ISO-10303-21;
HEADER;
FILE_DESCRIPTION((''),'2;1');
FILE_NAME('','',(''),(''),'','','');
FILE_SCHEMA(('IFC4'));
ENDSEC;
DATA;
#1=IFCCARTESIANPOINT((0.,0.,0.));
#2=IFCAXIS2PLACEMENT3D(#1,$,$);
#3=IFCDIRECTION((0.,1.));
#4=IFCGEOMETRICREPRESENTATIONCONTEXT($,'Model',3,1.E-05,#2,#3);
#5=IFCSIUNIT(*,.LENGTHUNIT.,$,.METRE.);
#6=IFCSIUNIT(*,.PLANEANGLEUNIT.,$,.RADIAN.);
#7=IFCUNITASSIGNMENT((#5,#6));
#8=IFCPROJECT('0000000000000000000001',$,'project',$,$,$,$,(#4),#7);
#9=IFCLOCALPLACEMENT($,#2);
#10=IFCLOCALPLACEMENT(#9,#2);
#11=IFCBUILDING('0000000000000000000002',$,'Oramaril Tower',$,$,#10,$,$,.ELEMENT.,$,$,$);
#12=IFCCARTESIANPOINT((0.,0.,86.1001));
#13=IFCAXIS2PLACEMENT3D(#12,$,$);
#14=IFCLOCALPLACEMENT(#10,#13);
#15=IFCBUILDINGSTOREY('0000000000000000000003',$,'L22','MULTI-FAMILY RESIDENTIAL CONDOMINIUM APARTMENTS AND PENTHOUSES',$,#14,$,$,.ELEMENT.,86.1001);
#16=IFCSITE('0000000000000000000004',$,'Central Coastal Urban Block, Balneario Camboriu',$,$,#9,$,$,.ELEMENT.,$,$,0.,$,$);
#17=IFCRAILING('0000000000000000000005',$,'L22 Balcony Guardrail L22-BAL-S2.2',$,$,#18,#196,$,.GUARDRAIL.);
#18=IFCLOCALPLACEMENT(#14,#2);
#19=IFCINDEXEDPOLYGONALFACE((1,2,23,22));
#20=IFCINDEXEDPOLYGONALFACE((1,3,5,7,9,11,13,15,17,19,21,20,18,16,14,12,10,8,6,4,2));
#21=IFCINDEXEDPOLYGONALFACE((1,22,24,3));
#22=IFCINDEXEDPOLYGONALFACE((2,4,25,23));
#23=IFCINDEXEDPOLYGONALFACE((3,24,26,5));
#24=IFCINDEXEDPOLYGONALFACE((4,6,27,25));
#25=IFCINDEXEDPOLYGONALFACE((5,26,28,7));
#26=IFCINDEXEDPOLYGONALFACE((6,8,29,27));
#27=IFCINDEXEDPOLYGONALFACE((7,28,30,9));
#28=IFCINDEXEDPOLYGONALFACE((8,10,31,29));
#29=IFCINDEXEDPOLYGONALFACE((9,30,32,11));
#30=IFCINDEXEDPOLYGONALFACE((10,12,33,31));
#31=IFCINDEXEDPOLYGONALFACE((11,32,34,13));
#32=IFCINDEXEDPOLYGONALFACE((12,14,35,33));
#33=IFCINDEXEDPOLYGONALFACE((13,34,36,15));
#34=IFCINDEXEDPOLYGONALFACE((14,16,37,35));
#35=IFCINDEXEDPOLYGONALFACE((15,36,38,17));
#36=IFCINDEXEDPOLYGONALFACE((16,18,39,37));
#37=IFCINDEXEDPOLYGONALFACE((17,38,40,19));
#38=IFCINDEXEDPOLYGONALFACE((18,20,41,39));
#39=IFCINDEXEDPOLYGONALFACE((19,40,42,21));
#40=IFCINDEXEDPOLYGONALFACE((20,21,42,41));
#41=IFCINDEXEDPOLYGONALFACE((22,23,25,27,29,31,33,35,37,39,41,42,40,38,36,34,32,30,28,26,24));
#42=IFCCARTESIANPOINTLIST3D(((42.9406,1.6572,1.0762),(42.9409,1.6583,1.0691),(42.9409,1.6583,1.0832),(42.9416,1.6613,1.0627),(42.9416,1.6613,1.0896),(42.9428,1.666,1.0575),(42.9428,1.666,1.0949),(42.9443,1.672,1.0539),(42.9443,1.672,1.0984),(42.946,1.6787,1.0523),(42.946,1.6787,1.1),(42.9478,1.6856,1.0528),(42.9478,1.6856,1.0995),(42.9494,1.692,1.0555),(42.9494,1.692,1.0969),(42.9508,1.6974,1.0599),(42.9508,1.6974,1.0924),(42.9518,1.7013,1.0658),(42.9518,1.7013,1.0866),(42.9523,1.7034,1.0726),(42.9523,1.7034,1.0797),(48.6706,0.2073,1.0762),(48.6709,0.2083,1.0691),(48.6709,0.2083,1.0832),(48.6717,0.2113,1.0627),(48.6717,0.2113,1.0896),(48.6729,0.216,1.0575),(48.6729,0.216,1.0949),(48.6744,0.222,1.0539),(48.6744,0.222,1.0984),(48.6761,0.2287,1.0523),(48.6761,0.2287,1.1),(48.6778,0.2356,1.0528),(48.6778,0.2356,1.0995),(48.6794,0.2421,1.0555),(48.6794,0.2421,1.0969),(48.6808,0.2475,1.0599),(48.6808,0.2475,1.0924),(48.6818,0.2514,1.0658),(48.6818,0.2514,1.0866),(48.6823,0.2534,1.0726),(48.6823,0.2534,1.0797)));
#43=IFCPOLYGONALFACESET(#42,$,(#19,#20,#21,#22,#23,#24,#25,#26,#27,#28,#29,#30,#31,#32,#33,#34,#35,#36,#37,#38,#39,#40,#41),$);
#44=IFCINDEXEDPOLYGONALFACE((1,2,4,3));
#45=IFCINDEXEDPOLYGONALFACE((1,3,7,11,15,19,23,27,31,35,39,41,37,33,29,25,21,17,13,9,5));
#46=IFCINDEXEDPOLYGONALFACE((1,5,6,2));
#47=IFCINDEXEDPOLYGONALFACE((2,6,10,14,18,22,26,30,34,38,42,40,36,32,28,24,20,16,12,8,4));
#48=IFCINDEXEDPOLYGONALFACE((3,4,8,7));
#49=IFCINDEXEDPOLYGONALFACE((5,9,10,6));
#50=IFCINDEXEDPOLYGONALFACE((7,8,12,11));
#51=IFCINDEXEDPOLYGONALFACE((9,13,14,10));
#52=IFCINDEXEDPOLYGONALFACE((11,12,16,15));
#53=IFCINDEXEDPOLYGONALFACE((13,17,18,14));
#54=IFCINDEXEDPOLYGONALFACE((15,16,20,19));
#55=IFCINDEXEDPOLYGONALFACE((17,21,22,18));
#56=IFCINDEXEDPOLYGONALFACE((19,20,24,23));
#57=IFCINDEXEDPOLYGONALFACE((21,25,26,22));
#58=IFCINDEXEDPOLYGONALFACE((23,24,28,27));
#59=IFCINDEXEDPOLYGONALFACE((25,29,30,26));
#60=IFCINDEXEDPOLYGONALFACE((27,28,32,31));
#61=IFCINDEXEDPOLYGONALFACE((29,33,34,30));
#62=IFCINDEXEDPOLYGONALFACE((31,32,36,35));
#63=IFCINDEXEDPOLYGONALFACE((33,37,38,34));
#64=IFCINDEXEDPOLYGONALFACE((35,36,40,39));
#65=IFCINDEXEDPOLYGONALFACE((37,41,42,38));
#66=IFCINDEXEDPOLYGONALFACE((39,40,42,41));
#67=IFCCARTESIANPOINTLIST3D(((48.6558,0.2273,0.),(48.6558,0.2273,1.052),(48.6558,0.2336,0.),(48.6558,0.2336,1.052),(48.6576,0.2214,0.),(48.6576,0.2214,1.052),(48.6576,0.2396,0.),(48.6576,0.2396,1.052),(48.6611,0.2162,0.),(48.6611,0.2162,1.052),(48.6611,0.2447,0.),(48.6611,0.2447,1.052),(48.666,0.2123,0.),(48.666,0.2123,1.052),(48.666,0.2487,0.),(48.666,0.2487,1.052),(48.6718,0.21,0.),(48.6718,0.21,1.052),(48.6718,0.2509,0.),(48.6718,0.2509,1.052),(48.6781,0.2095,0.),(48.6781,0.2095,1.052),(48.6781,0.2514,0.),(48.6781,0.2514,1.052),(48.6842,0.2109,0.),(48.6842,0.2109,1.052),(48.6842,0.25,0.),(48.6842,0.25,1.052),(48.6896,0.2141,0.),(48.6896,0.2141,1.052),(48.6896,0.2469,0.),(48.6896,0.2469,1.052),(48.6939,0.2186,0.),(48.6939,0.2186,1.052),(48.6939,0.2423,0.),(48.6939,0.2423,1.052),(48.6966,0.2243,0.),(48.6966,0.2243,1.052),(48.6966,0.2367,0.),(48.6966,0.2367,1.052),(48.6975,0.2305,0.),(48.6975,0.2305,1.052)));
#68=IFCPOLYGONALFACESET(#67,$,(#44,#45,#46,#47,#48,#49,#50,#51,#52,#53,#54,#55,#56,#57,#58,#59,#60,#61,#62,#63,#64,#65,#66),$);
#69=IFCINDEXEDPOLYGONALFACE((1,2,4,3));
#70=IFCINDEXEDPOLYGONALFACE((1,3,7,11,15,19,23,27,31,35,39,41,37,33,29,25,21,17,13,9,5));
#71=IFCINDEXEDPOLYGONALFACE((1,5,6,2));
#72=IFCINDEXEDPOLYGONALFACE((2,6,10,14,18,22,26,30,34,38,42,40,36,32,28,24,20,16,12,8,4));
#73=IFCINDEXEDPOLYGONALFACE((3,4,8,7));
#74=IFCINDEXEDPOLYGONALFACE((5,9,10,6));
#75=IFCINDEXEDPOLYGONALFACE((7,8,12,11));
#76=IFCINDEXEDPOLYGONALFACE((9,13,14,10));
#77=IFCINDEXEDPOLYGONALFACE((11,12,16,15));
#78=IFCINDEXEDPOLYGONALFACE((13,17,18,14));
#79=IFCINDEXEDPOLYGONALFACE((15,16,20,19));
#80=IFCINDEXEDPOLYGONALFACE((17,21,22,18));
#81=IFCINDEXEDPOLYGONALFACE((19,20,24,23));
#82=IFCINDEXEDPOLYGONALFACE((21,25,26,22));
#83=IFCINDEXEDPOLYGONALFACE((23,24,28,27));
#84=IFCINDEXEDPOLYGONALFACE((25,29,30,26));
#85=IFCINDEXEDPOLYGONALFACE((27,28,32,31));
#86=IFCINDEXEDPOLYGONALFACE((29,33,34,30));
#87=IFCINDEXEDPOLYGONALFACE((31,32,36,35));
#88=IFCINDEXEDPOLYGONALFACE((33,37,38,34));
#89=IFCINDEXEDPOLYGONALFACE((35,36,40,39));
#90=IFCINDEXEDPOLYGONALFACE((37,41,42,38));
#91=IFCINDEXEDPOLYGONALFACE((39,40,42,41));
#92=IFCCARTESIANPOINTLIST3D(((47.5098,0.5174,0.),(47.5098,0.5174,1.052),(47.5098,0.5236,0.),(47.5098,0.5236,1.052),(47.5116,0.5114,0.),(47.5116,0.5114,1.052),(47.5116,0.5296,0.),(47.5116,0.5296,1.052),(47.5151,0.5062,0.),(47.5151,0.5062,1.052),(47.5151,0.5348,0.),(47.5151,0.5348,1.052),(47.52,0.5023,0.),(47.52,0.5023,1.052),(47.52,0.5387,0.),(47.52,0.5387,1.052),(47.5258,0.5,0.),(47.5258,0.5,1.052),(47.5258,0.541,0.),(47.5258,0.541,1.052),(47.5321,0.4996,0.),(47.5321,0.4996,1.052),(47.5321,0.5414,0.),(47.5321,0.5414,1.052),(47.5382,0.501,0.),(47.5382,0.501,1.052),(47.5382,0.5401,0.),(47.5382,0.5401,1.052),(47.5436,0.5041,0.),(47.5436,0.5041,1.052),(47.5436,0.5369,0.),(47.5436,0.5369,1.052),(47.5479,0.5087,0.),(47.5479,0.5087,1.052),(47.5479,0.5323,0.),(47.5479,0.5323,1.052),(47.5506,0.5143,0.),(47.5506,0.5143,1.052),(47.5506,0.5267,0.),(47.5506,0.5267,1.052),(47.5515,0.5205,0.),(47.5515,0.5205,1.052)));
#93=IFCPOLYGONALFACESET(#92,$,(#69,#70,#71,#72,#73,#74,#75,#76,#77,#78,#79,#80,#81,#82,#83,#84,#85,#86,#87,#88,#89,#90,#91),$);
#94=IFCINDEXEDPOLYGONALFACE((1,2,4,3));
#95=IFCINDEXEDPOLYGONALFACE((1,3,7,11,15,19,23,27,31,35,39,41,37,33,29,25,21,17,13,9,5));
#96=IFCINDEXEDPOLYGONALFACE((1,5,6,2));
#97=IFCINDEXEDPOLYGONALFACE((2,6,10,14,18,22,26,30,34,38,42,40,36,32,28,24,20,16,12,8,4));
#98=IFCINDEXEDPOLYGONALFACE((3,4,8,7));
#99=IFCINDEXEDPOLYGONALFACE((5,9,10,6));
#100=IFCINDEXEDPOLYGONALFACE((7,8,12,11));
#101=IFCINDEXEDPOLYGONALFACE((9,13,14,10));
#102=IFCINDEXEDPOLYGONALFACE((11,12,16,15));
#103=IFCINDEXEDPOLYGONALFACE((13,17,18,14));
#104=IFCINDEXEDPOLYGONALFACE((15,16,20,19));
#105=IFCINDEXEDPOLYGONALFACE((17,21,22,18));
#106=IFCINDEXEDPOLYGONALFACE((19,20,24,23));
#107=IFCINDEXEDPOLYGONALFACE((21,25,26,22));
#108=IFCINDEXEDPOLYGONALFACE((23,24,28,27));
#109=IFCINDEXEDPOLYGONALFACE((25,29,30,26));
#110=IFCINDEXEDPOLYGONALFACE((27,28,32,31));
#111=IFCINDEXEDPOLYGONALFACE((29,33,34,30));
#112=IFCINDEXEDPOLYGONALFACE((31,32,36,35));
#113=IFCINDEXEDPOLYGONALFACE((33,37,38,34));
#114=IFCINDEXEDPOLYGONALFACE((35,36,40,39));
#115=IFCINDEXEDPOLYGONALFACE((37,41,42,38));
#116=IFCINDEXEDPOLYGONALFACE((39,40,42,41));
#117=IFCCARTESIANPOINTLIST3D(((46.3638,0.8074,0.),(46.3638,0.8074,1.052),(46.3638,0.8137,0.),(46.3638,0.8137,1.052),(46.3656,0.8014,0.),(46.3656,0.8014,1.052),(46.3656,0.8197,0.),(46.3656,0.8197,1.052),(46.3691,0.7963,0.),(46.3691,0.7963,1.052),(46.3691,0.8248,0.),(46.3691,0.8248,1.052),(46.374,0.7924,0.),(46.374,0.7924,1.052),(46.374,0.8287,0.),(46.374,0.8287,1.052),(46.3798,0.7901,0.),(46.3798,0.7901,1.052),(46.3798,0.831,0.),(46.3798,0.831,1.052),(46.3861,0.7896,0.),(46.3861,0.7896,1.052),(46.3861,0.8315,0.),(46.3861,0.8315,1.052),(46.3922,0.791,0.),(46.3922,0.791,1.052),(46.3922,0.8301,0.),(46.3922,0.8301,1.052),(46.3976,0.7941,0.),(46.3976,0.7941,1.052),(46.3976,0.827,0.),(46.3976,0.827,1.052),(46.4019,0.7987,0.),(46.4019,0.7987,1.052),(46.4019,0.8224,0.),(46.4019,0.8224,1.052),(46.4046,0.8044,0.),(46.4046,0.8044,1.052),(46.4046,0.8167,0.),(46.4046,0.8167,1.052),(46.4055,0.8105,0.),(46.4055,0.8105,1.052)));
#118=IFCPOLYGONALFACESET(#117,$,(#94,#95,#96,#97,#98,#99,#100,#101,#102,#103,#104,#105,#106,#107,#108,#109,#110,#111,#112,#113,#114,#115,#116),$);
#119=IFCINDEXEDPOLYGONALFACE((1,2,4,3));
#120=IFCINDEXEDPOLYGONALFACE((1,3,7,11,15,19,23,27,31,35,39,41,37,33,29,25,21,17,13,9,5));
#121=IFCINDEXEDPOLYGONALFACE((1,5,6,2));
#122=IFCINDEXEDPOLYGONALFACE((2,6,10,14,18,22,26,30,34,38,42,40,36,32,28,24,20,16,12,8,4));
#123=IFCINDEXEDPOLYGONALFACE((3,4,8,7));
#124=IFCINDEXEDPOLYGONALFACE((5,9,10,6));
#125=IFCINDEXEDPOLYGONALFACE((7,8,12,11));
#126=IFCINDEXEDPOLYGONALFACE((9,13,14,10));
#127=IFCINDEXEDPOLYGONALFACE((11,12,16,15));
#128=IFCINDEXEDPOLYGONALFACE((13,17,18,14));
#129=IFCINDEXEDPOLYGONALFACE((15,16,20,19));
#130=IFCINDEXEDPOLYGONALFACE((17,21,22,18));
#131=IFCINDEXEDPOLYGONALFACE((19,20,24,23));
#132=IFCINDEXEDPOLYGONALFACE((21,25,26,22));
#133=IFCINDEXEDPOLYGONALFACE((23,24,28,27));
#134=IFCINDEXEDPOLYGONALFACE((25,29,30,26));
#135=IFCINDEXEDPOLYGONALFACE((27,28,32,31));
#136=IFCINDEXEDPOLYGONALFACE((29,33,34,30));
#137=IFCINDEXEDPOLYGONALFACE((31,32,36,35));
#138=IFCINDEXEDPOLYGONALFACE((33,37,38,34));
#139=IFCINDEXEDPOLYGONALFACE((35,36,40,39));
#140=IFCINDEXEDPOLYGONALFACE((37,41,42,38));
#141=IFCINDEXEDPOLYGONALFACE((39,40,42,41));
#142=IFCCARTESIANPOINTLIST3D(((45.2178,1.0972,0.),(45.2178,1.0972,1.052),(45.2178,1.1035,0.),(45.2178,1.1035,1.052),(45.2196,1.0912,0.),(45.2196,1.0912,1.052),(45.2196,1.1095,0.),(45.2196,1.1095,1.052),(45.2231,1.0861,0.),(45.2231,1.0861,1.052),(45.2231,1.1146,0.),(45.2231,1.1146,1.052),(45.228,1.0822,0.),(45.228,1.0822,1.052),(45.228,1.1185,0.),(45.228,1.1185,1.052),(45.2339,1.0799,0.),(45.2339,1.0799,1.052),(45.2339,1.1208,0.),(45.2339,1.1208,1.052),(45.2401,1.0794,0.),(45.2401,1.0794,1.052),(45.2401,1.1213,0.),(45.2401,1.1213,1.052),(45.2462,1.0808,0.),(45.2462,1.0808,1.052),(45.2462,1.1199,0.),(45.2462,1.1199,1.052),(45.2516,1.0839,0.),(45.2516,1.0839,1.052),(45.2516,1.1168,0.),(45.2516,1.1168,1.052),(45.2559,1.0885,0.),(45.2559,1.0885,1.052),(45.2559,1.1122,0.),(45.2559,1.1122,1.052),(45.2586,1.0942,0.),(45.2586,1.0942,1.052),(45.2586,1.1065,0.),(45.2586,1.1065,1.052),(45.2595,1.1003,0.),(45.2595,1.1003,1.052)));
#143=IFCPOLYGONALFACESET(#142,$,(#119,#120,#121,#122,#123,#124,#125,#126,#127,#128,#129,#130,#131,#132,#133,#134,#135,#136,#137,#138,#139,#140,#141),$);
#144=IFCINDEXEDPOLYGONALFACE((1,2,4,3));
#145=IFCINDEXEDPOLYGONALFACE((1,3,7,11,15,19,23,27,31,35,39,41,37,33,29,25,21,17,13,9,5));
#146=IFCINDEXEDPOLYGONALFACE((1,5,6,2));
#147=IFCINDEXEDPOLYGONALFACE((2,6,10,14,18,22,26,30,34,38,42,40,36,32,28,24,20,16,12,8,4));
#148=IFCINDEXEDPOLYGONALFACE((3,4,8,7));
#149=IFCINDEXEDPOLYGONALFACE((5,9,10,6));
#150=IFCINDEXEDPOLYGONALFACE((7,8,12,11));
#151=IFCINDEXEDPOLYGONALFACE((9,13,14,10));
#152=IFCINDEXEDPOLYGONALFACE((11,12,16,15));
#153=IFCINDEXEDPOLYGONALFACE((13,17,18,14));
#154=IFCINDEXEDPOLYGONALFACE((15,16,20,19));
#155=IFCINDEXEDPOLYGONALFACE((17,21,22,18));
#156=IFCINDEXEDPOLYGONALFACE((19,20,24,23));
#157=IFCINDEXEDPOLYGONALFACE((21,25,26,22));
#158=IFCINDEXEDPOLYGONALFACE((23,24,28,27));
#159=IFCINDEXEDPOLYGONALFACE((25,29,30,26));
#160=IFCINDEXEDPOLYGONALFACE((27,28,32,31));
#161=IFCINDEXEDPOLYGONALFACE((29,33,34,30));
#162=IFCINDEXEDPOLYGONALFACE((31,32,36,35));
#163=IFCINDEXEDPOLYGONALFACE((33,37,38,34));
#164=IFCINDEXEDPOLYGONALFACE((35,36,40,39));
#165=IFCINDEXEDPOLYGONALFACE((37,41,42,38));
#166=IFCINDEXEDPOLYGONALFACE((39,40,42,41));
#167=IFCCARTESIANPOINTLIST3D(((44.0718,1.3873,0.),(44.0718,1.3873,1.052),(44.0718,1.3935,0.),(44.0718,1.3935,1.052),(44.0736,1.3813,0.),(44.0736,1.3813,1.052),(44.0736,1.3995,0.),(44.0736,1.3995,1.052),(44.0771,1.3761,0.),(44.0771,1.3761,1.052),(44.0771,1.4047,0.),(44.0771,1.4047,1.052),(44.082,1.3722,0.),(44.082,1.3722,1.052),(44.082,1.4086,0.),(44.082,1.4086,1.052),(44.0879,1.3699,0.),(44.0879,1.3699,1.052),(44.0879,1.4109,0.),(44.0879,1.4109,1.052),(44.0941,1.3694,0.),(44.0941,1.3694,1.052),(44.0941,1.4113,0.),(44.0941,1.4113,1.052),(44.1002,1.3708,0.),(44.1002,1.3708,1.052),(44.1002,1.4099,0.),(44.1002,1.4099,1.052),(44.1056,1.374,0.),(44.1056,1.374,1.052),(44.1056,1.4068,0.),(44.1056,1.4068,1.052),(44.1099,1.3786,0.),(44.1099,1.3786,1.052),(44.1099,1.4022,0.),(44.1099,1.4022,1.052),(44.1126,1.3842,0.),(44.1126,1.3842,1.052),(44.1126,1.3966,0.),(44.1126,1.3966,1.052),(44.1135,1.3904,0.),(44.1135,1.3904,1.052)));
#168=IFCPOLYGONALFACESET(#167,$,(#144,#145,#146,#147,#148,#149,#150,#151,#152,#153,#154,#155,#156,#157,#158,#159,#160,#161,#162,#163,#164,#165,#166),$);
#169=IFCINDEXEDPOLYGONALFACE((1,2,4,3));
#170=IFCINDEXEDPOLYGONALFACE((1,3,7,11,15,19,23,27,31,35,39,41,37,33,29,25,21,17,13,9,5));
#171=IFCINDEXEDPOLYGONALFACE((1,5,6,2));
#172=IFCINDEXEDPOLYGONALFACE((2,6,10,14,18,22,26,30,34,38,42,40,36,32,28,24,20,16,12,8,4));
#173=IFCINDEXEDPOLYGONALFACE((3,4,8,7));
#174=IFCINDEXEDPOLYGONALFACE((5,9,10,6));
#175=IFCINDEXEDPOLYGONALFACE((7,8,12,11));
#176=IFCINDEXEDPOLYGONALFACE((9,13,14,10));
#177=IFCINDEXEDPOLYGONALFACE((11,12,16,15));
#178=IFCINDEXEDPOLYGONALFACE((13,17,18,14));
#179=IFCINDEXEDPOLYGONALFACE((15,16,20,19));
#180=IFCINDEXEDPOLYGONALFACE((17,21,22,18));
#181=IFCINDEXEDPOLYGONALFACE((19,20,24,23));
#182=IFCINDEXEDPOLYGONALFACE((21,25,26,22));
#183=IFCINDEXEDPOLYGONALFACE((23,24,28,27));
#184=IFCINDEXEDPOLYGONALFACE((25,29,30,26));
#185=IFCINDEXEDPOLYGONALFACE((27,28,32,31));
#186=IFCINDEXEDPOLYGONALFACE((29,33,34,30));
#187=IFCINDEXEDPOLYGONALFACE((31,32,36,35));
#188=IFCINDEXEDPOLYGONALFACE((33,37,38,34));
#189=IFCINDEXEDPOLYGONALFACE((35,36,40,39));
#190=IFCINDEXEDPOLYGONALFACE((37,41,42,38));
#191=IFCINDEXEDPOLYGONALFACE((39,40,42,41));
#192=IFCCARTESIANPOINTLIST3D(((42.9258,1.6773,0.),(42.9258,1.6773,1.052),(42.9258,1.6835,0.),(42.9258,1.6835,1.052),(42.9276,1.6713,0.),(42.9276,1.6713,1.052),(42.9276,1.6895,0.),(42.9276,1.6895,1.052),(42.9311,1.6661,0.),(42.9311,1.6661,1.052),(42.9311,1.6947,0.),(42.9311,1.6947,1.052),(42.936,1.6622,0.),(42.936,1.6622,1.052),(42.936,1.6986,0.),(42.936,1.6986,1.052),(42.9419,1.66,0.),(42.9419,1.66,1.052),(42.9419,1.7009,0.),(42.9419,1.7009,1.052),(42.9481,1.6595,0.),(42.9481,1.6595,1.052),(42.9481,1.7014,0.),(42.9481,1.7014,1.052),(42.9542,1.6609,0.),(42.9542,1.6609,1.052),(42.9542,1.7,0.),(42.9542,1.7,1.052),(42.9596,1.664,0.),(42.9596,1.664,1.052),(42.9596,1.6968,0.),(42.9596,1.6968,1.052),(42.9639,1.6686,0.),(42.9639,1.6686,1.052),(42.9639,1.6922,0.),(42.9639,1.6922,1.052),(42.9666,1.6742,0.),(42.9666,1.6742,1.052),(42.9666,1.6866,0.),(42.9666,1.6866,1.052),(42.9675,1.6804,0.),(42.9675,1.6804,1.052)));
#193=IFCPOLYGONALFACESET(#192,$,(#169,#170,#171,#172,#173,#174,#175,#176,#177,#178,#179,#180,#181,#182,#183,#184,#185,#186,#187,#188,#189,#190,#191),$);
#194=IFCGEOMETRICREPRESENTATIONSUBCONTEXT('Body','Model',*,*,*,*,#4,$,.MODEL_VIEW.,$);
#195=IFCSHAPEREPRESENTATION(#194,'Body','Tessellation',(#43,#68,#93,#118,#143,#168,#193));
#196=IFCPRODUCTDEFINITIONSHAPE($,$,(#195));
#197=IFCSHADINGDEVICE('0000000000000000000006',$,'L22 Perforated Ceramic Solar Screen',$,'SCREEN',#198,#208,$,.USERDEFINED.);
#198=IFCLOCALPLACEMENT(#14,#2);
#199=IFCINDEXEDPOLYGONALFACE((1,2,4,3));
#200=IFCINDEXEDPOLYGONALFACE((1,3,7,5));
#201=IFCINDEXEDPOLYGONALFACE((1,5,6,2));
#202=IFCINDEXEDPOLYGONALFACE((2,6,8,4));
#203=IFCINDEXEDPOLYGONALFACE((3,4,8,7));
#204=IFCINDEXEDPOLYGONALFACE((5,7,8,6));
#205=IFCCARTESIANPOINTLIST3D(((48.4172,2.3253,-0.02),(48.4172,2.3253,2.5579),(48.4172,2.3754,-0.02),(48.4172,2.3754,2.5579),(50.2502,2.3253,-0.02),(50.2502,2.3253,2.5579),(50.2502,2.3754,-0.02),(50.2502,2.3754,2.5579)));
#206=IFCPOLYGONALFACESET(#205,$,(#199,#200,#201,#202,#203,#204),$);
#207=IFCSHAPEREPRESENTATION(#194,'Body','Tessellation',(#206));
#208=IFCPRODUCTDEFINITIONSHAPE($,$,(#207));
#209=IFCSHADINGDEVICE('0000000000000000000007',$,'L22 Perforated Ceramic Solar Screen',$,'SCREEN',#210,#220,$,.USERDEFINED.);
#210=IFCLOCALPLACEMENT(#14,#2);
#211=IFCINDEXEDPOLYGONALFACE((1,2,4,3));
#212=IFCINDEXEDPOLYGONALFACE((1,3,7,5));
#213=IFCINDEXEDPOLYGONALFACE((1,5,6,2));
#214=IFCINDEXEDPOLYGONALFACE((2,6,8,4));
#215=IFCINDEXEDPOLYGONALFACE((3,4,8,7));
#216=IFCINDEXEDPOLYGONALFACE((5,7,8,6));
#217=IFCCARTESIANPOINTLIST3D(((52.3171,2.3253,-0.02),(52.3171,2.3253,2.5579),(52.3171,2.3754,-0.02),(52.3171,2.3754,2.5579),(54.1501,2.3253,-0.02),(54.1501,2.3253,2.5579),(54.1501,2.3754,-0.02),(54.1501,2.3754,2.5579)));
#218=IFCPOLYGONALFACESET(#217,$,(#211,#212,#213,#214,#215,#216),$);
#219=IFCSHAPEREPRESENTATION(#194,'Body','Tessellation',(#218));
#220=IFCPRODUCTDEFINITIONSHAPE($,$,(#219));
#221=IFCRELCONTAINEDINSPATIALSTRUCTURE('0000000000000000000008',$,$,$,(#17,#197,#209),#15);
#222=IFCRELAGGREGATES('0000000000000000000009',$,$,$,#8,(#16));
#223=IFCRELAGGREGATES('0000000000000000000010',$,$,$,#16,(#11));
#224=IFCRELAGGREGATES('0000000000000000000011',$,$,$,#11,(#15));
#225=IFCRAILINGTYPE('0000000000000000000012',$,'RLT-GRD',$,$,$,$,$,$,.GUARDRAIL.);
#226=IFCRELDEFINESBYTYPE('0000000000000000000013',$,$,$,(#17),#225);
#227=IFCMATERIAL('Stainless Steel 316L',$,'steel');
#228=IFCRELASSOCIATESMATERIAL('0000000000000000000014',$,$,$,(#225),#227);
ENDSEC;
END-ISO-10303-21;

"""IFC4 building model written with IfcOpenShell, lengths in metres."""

from ifc_helpers import new_model, si_unit, direction, frame, origin, origin_2d, place, context, subcontext, project, spatial, rectangle, circle, extrude, material, type_object, element, save


model = new_model("IFC4")

# Units and contexts
model_context = context("Model", 3, precision=1e-05, world=origin(), true_north=direction((0.0, 1.0)))
body_context = subcontext(model_context, "Body", "Model", "MODEL_VIEW")
ifc_project = project(units=[si_unit("LENGTHUNIT", "METRE"), si_unit("PLANEANGLEUNIT", "RADIAN")], contexts=[model_context])

# Site, building, storey
site_placement = place(None, origin())
site = spatial("IfcSite", under=ifc_project, at=site_placement, Name="Central Coastal Urban Block, Balneario Camboriu", CompositionType="ELEMENT", RefElevation=0.0)
building_placement = place(site_placement, origin())
building = spatial("IfcBuilding", under=site, at=building_placement, Name="Oramaril Tower", CompositionType="ELEMENT")
storey_placement = place(building_placement, frame((0.0, 0.0, 86.1001)))
storey = spatial("IfcBuildingStorey", under=building, at=storey_placement, Name="L22", Description="MULTI-FAMILY RESIDENTIAL CONDOMINIUM APARTMENTS AND PENTHOUSES", CompositionType="ELEMENT", Elevation=86.1001)

# Railing
ifc_material_1 = material(Name="Stainless Steel 316L", Category="steel")
railing_type = type_object("IfcRailingType", Name="RLT-GRD", PredefinedType="GUARDRAIL", material=ifc_material_1)
railing_1_placement = place(storey_placement, frame((48.6765, 0.2305, 0.0)))
element("IfcRailing", 1, at=railing_1_placement, inside=storey, type_object=railing_type, Name="L22 Balcony Guardrail L22-BAL-S2.2", PredefinedType="GUARDRAIL", context=body_context, shape_type="SweptSolid", body=[
    extrude(circle(Radius=0.0239, at=origin_2d()), frame((0.0, 0.0, 1.0762), z_axis=(-0.969444, 0.245314, 0.0), x_axis=(-0.245314, -0.969444, 0.0)), (0.0, 0.0, 1.0), 5.9106),
    extrude(circle(Radius=0.021, at=origin_2d()), origin(), (0.0, 0.0, 1.0), 1.052),
    extrude(circle(Radius=0.021, at=origin_2d()), frame((-1.146, 0.29, 0.0)), (0.0, 0.0, 1.0), 1.052),
    extrude(circle(Radius=0.021, at=origin_2d()), frame((-2.292, 0.5801, 0.0)), (0.0, 0.0, 1.0), 1.052),
    extrude(circle(Radius=0.021, at=origin_2d()), frame((-3.438, 0.8699, 0.0)), (0.0, 0.0, 1.0), 1.052),
    extrude(circle(Radius=0.021, at=origin_2d()), frame((-4.584, 1.1599, 0.0)), (0.0, 0.0, 1.0), 1.052),
    extrude(circle(Radius=0.021, at=origin_2d()), frame((-5.73, 1.45, 0.0)), (0.0, 0.0, 1.0), 1.052),
])

# Shading devices
for number, where, z_axis, x_axis, name in (
    (2, (49.3337, 2.3503, -0.02), (0.0, 0.0, 1.0), (1.0, 0.0, 0.0), "L22 Perforated Ceramic Solar Screen"),
    (3, (53.2336, 2.3503, -0.02), (0.0, 0.0, 1.0), (1.0, 0.0, 0.0), "L22 Perforated Ceramic Solar Screen"),
):
    element("IfcShadingDevice", number, at=place(storey_placement, frame(where, z_axis=z_axis, x_axis=x_axis)), inside=storey, Name=name, ObjectType="SCREEN", PredefinedType="USERDEFINED", context=body_context, shape_type="SweptSolid", body=[
        extrude(rectangle(XDim=1.833, YDim=0.05, at=origin_2d()), origin(), (0.0, 0.0, 1.0), 2.5779),
    ])

save(model, "model.ifc")
